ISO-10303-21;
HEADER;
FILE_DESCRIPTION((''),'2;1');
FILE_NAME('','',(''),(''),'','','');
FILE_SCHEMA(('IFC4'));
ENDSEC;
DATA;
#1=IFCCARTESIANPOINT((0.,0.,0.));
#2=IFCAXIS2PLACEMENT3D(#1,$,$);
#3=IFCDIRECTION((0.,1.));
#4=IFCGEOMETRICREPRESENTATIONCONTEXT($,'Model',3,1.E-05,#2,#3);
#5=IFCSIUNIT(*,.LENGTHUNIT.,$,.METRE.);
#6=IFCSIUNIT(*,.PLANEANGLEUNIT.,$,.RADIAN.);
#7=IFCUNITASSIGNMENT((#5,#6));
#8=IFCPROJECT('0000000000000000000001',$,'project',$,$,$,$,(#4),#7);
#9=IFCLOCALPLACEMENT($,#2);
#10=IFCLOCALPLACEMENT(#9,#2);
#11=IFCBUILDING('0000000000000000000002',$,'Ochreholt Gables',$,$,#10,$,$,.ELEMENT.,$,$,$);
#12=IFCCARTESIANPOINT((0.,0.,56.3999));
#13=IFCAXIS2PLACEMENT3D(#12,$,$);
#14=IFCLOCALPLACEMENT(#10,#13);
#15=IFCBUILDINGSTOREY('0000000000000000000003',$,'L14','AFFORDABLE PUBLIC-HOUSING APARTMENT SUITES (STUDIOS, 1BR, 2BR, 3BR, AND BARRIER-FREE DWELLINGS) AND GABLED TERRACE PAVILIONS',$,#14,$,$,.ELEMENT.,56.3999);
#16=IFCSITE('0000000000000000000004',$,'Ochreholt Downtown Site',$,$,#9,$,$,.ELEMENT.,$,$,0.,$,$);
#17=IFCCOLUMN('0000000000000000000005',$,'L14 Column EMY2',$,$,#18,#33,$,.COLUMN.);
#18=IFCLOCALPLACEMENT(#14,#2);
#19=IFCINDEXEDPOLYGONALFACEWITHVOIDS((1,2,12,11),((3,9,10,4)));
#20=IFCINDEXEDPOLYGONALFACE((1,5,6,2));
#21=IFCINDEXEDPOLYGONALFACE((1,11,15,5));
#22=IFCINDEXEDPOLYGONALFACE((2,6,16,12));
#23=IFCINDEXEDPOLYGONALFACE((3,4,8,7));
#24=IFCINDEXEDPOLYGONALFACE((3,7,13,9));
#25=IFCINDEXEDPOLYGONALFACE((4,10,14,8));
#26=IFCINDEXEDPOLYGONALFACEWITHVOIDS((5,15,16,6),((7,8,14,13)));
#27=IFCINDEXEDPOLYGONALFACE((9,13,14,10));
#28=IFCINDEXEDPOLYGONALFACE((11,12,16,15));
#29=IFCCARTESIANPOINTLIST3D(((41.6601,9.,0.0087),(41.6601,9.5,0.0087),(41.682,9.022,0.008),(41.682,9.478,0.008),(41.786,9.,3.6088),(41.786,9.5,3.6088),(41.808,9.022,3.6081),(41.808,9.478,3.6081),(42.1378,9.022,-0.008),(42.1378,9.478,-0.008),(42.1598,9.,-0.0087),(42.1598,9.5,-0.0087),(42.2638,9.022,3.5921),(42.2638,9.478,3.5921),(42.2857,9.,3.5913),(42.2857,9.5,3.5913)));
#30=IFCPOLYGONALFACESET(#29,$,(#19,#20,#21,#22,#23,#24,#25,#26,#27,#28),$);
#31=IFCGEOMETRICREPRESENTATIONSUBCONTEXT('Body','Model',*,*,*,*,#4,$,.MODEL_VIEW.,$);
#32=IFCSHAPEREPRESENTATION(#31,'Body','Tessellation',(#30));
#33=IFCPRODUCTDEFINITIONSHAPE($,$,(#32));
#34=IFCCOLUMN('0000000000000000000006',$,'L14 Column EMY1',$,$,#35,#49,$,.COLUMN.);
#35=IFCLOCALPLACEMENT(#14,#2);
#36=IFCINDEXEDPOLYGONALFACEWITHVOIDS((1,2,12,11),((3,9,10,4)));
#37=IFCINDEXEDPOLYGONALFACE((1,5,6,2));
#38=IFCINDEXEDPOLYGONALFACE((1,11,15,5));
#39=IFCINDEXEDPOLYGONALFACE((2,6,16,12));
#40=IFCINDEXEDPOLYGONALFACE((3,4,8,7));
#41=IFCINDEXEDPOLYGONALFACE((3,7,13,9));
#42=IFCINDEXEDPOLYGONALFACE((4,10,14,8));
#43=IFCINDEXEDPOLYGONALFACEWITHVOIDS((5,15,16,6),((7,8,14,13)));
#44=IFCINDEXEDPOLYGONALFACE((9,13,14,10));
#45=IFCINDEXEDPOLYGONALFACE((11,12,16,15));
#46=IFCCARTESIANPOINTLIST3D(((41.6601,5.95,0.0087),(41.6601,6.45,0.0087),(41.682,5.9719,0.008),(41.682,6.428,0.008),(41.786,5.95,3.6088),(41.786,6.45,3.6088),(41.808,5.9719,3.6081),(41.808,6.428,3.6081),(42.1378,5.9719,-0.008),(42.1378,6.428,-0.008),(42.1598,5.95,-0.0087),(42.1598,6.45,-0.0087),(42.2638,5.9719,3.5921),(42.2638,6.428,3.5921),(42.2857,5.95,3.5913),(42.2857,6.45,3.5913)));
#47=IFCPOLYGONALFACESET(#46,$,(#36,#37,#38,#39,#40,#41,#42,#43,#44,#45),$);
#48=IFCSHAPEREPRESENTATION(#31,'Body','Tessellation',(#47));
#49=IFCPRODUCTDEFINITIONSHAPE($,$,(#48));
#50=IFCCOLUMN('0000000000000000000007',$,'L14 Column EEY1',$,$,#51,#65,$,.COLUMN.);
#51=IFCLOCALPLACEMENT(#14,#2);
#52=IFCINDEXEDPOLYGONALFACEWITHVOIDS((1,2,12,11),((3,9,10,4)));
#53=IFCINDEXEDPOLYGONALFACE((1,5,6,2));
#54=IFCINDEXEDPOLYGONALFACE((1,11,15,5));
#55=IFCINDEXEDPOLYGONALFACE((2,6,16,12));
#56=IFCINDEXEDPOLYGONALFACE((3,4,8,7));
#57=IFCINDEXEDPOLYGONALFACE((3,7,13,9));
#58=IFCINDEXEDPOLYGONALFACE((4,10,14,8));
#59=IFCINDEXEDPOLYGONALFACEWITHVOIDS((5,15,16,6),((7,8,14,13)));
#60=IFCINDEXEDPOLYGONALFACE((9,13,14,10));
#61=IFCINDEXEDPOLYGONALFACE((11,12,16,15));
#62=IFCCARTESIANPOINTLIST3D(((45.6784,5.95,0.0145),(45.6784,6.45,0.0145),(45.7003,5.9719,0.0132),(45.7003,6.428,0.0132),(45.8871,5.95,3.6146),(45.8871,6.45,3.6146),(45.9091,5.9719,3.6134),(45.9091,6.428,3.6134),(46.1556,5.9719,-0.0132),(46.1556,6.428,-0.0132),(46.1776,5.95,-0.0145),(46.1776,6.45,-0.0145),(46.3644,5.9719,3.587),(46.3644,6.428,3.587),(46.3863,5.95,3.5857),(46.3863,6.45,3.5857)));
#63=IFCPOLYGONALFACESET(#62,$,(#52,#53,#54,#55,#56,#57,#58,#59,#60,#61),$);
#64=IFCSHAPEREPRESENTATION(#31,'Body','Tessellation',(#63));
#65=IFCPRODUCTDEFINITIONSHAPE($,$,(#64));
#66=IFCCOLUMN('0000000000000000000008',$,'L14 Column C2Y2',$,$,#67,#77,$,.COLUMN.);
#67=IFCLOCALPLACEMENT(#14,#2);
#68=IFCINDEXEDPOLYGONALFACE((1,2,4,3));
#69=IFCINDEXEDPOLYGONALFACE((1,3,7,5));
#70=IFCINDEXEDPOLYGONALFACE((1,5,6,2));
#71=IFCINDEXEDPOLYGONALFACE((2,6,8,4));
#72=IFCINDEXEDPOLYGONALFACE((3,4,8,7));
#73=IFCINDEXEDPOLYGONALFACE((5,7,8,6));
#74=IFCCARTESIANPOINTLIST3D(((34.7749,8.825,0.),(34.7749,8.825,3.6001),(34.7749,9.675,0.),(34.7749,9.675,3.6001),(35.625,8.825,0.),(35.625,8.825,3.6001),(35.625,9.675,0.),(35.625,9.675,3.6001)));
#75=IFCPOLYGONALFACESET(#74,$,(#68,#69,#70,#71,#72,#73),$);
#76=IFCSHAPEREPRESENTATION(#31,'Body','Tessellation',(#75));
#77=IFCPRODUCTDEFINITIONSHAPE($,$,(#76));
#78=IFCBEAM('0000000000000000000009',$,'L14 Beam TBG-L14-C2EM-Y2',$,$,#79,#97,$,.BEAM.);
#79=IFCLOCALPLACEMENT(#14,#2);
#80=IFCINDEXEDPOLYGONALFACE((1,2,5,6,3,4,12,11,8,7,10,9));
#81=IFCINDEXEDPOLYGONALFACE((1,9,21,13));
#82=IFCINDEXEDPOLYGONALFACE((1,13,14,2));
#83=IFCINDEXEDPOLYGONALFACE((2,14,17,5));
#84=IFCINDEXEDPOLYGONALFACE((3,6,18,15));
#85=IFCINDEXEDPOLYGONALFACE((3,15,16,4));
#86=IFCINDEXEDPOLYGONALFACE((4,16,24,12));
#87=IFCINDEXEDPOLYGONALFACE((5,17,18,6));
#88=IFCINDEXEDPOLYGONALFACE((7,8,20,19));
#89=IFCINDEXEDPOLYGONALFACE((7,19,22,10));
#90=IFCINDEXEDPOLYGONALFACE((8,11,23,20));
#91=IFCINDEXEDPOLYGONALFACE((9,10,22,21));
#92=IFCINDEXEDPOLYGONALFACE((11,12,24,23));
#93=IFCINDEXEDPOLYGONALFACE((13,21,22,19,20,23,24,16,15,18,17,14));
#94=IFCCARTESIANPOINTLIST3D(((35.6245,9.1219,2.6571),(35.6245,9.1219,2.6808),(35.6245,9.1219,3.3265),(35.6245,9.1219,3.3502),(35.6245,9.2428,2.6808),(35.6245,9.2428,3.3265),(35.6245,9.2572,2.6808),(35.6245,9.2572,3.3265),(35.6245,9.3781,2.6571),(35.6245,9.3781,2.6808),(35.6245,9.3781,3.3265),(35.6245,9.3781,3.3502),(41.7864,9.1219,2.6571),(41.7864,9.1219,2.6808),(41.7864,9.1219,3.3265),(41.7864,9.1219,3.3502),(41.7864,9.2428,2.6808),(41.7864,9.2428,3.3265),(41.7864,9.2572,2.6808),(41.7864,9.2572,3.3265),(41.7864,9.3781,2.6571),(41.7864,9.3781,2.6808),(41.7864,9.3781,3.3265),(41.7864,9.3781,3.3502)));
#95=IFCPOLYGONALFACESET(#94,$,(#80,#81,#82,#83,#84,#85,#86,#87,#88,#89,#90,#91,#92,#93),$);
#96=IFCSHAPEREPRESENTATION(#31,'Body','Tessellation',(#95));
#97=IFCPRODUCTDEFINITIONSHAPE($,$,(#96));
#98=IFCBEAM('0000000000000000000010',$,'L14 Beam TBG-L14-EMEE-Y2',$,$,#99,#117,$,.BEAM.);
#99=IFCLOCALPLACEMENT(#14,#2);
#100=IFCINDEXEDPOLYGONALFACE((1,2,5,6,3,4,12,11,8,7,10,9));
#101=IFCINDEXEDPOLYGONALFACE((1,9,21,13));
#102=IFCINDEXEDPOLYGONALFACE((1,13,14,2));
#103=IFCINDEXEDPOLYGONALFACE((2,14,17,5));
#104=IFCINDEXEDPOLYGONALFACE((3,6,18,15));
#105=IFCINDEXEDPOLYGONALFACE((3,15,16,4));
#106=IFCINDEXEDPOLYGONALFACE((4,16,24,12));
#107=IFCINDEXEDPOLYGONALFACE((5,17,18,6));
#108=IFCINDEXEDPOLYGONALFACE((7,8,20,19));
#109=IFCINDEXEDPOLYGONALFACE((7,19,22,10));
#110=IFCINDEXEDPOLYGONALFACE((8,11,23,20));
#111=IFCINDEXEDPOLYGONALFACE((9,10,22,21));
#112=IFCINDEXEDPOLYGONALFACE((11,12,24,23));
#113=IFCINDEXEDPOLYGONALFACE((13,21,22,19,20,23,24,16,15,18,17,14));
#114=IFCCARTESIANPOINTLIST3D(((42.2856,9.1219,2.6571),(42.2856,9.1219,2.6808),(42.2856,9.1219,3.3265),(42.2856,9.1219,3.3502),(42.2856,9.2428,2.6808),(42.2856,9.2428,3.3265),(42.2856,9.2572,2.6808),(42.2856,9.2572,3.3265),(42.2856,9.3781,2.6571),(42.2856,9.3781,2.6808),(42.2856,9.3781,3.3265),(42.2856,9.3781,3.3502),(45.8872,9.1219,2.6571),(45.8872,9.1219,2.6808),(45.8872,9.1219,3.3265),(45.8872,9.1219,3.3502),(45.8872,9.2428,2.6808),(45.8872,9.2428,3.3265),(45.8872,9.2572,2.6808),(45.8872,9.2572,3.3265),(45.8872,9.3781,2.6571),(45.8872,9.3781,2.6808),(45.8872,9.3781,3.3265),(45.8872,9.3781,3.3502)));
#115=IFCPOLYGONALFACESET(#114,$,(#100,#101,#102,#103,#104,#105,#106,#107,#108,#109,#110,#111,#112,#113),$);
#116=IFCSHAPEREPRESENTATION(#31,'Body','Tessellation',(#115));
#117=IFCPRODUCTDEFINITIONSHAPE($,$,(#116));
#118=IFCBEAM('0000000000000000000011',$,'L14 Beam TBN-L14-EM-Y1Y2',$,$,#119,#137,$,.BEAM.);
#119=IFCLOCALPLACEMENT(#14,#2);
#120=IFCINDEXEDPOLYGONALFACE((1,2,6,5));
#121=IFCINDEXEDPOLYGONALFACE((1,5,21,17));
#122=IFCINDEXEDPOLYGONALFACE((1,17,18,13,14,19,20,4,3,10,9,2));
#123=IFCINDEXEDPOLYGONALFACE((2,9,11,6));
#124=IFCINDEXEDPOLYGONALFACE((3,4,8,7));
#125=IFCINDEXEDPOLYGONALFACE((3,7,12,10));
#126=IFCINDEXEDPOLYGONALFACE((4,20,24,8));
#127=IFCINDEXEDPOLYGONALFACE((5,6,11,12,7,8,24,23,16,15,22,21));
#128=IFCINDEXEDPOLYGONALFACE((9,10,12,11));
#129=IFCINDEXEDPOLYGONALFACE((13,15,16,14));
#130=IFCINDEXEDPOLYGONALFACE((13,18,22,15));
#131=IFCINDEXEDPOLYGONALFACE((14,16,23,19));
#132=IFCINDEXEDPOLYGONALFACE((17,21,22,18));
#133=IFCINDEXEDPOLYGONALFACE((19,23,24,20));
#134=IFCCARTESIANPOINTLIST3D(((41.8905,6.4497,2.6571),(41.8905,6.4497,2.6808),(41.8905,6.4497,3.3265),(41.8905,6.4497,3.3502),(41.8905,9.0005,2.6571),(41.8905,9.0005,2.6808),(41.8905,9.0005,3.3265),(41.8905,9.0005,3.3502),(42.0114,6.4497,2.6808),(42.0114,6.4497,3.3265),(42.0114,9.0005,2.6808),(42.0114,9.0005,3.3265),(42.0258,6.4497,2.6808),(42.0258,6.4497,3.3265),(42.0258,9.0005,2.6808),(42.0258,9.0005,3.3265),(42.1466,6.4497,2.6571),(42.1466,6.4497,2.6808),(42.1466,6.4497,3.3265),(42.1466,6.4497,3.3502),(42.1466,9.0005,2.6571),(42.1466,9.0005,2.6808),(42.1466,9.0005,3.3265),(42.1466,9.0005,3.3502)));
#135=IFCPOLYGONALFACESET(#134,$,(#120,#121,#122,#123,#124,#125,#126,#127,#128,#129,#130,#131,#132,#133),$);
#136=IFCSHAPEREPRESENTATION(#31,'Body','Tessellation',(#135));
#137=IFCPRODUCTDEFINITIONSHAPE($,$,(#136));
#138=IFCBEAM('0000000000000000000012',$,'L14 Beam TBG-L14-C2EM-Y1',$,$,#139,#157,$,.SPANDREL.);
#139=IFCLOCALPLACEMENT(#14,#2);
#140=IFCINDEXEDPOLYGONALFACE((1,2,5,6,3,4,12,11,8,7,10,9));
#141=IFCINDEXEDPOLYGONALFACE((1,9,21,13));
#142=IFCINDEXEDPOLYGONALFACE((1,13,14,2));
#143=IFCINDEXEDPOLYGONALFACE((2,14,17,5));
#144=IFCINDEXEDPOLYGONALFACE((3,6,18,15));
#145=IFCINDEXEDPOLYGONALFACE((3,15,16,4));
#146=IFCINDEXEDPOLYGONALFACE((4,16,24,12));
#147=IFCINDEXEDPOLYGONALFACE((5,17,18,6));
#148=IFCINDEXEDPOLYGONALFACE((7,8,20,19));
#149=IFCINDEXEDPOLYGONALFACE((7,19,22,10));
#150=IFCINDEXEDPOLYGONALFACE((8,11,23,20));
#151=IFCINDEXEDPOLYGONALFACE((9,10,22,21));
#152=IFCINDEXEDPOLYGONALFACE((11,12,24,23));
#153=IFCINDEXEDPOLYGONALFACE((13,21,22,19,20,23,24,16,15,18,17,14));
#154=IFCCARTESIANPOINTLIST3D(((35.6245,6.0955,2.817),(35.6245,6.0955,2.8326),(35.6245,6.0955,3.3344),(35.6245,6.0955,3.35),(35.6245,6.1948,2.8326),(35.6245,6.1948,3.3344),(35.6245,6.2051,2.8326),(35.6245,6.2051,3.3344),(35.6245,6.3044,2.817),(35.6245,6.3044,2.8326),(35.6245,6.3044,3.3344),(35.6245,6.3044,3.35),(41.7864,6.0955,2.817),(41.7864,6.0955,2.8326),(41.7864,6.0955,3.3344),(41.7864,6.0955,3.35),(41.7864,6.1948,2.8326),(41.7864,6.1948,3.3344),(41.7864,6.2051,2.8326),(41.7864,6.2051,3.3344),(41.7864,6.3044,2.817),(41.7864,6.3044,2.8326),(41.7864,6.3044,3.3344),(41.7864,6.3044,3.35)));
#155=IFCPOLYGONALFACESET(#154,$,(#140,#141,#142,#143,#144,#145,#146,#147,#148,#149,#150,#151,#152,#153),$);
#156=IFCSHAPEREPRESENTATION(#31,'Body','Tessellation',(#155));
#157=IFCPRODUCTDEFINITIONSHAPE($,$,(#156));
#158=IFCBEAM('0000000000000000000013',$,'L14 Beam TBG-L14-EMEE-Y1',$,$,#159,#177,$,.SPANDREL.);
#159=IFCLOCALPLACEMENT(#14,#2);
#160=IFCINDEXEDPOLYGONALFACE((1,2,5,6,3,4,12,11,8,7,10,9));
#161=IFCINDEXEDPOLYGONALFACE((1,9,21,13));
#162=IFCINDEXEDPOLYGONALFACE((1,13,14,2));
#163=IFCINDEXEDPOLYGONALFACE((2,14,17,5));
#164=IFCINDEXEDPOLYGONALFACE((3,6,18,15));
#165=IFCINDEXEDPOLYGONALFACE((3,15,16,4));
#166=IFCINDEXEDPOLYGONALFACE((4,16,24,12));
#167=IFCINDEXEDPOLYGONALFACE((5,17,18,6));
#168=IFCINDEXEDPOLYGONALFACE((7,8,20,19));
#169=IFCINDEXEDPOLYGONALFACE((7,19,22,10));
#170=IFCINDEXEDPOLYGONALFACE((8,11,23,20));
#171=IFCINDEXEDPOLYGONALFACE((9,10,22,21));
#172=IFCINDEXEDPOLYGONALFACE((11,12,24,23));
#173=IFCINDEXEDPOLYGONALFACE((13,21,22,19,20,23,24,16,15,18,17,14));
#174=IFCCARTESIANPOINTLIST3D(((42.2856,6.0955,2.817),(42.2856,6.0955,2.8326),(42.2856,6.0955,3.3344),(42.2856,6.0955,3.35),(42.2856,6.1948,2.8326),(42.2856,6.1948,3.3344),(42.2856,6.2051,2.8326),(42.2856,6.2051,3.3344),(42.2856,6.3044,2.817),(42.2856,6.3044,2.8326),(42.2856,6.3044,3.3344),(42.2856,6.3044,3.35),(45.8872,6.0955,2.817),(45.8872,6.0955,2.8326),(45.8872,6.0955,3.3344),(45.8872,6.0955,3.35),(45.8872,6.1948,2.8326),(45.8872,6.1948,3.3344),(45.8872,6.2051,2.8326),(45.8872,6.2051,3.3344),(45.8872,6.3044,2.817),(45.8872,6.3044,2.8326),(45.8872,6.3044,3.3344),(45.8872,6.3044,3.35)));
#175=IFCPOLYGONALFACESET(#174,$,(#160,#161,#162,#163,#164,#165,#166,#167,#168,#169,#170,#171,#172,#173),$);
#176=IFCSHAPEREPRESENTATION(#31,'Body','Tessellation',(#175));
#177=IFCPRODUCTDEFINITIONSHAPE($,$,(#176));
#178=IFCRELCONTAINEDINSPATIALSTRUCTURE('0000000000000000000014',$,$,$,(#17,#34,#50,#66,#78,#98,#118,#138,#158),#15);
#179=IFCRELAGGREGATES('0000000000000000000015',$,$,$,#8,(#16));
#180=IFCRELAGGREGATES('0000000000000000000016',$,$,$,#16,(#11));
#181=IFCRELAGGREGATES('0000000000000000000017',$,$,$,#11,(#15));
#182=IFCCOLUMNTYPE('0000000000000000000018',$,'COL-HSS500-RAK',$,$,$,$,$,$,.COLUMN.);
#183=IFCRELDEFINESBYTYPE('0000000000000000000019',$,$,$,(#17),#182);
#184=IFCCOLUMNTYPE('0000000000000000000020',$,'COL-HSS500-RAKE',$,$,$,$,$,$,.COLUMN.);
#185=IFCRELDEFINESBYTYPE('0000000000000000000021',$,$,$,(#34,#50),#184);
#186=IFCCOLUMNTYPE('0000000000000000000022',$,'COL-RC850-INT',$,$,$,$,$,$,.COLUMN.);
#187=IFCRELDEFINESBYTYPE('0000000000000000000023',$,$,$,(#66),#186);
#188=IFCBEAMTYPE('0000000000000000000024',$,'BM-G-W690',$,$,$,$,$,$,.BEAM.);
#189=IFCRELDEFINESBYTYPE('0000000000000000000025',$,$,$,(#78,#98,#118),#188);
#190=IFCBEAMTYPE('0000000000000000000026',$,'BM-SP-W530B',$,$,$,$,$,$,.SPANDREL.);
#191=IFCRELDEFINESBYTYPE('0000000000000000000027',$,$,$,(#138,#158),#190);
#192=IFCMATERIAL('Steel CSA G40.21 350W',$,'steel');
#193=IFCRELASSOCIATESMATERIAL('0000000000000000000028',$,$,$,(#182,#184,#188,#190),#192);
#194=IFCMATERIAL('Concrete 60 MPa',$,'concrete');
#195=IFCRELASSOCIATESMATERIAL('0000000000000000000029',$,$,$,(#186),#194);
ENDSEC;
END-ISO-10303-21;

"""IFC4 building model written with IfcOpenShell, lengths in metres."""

from ifc_helpers import new_model, si_unit, direction, frame, origin, origin_2d, place, context, subcontext, project, spatial, rectangle, hollow_rectangle, i_section, extrude, material, material_profile, profile_set, type_object, element, save


model = new_model("IFC4")

# Units and contexts
model_context = context("Model", 3, precision=1e-05, world=origin(), true_north=direction((0.0, 1.0)))
body_context = subcontext(model_context, "Body", "Model", "MODEL_VIEW")
ifc_project = project(units=[si_unit("LENGTHUNIT", "METRE"), si_unit("PLANEANGLEUNIT", "RADIAN")], contexts=[model_context])

# Site, building, storey
site_placement = place(None, origin())
site = spatial("IfcSite", under=ifc_project, at=site_placement, Name="Ochreholt Downtown Site", CompositionType="ELEMENT", RefElevation=0.0)
building_placement = place(site_placement, origin())
building = spatial("IfcBuilding", under=site, at=building_placement, Name="Ochreholt Gables", CompositionType="ELEMENT")
storey_placement = place(building_placement, frame((0.0, 0.0, 56.3999)))
storey = spatial("IfcBuildingStorey", under=building, at=storey_placement, Name="L14", Description="AFFORDABLE PUBLIC-HOUSING APARTMENT SUITES (STUDIOS, 1BR, 2BR, 3BR, AND BARRIER-FREE DWELLINGS) AND GABLED TERRACE PAVILIONS", CompositionType="ELEMENT", Elevation=56.3999)

# Columns
ifc_material_1 = material(Name="Steel CSA G40.21 350W", Category="steel")
ifc_material_profile_1 = material_profile(ifc_material_1, hollow_rectangle(XDim=0.5, YDim=0.5, WallThickness=0.022, at=origin_2d()), Name="HSS500X500X22")
ifc_profile_set_1 = profile_set([ifc_material_profile_1], Name="Steel CSA G40.21 350W")
column_type_1 = type_object("IfcColumnType", Name="COL-HSS500-RAK", PredefinedType="COLUMN", material=ifc_profile_set_1)
column_1_placement = place(storey_placement, frame((41.9099, 9.25, 0.0), z_axis=(0.034971, 0.0, 0.999388), x_axis=(0.0, 1.0, 0.0)))
element("IfcColumn", 1, at=column_1_placement, inside=storey, type_object=column_type_1, Name="L14 Column EMY2", PredefinedType="COLUMN", context=body_context, shape_type="SweptSolid", body=[
    extrude(hollow_rectangle(XDim=0.5, YDim=0.5, WallThickness=0.022, at=origin_2d()), origin(), (0.0, 0.0, 1.0), 3.6023),
])
ifc_material_profile_2 = material_profile(ifc_material_1, hollow_rectangle(XDim=0.5, YDim=0.5, WallThickness=0.022, at=origin_2d()), Name="HSS500X500X22")
ifc_profile_set_2 = profile_set([ifc_material_profile_2], Name="Steel CSA G40.21 350W")
column_type_2 = type_object("IfcColumnType", Name="COL-HSS500-RAKE", PredefinedType="COLUMN", material=ifc_profile_set_2)
column_2_placement = place(storey_placement, frame((41.9099, 6.2, 0.0), z_axis=(0.034971, 0.0, 0.999388), x_axis=(0.0, 1.0, 0.0)))
element("IfcColumn", 2, at=column_2_placement, inside=storey, type_object=column_type_2, Name="L14 Column EMY1", PredefinedType="COLUMN", context=body_context, shape_type="SweptSolid", body=[
    extrude(hollow_rectangle(XDim=0.5, YDim=0.5, WallThickness=0.022, at=origin_2d()), origin(), (0.0, 0.0, 1.0), 3.6023),
])
column_3_placement = place(storey_placement, frame((45.928, 6.2, 0.0), z_axis=(0.057885, 0.0, 0.998323), x_axis=(0.0, 1.0, 0.0)))
element("IfcColumn", 3, at=column_3_placement, inside=storey, type_object=column_type_2, Name="L14 Column EEY1", PredefinedType="COLUMN", context=body_context, shape_type="SweptSolid", body=[
    extrude(hollow_rectangle(XDim=0.5, YDim=0.5, WallThickness=0.022, at=origin_2d()), origin(), (0.0, 0.0, 1.0), 3.6062),
])
ifc_material_2 = material(Name="Concrete 60 MPa", Category="concrete")
ifc_material_profile_3 = material_profile(ifc_material_2, rectangle(XDim=0.8501, YDim=0.8501, at=origin_2d()), Name="RC850X850")
ifc_profile_set_3 = profile_set([ifc_material_profile_3], Name="Concrete 60 MPa")
column_type_3 = type_object("IfcColumnType", Name="COL-RC850-INT", PredefinedType="COLUMN", material=ifc_profile_set_3)
column_4_placement = place(storey_placement, frame((35.2, 9.25, 0.0), z_axis=(0.0, 0.0, 1.0), x_axis=(1.0, 0.0, 0.0)))
element("IfcColumn", 4, at=column_4_placement, inside=storey, type_object=column_type_3, Name="L14 Column C2Y2", PredefinedType="COLUMN", context=body_context, shape_type="SweptSolid", body=[
    extrude(rectangle(XDim=0.8501, YDim=0.8501, at=origin_2d()), origin(), (0.0, 0.0, 1.0), 3.6001),
])

# Beams
ifc_material_profile_4 = material_profile(ifc_material_1, i_section(OverallWidth=0.2561, OverallDepth=0.6931, WebThickness=0.0144, FlangeThickness=0.0237, at=origin_2d()), Name="W690X170")
ifc_profile_set_4 = profile_set([ifc_material_profile_4], Name="Steel CSA G40.21 350W")
beam_type_1 = type_object("IfcBeamType", Name="BM-G-W690", PredefinedType="BEAM", material=ifc_profile_set_4)
beam_1_placement = place(storey_placement, frame((35.6245, 9.25, 3.0037), z_axis=(1.0, 0.0, 0.0), x_axis=(0.0, 1.0, 0.0)))
element("IfcBeam", 5, at=beam_1_placement, inside=storey, type_object=beam_type_1, Name="L14 Beam TBG-L14-C2EM-Y2", PredefinedType="BEAM", context=body_context, shape_type="SweptSolid", body=[
    extrude(i_section(OverallWidth=0.2561, OverallDepth=0.6931, WebThickness=0.0144, FlangeThickness=0.0237, at=origin_2d()), origin(), (0.0, 0.0, 1.0), 6.1619),
])
beam_2_placement = place(storey_placement, frame((42.2856, 9.25, 3.0037), z_axis=(1.0, 0.0, 0.0), x_axis=(0.0, 1.0, 0.0)))
element("IfcBeam", 6, at=beam_2_placement, inside=storey, type_object=beam_type_1, Name="L14 Beam TBG-L14-EMEE-Y2", PredefinedType="BEAM", context=body_context, shape_type="SweptSolid", body=[
    extrude(i_section(OverallWidth=0.2561, OverallDepth=0.6931, WebThickness=0.0144, FlangeThickness=0.0237, at=origin_2d()), origin(), (0.0, 0.0, 1.0), 3.6016),
])
beam_3_placement = place(storey_placement, frame((42.0186, 6.4497, 3.0037), z_axis=(0.0, 1.0, 0.0), x_axis=(-1.0, 0.0, 0.0)))
element("IfcBeam", 7, at=beam_3_placement, inside=storey, type_object=beam_type_1, Name="L14 Beam TBN-L14-EM-Y1Y2", PredefinedType="BEAM", context=body_context, shape_type="SweptSolid", body=[
    extrude(i_section(OverallWidth=0.2561, OverallDepth=0.6931, WebThickness=0.0144, FlangeThickness=0.0237, at=origin_2d()), origin(), (0.0, 0.0, 1.0), 2.5508),
])
ifc_material_profile_5 = material_profile(ifc_material_1, i_section(OverallWidth=0.209, OverallDepth=0.533, WebThickness=0.0103, FlangeThickness=0.0156, at=origin_2d()), Name="W530X92")
ifc_profile_set_5 = profile_set([ifc_material_profile_5], Name="Steel CSA G40.21 350W")
beam_type_2 = type_object("IfcBeamType", Name="BM-SP-W530B", PredefinedType="SPANDREL", material=ifc_profile_set_5)
beam_4_placement = place(storey_placement, frame((35.6245, 6.2, 3.0835), z_axis=(1.0, 0.0, 0.0), x_axis=(0.0, 1.0, 0.0)))
element("IfcBeam", 8, at=beam_4_placement, inside=storey, type_object=beam_type_2, Name="L14 Beam TBG-L14-C2EM-Y1", PredefinedType="SPANDREL", context=body_context, shape_type="SweptSolid", body=[
    extrude(i_section(OverallWidth=0.209, OverallDepth=0.533, WebThickness=0.0103, FlangeThickness=0.0156, at=origin_2d()), origin(), (0.0, 0.0, 1.0), 6.1619),
])
beam_5_placement = place(storey_placement, frame((42.2856, 6.2, 3.0835), z_axis=(1.0, 0.0, 0.0), x_axis=(0.0, 1.0, 0.0)))
element("IfcBeam", 9, at=beam_5_placement, inside=storey, type_object=beam_type_2, Name="L14 Beam TBG-L14-EMEE-Y1", PredefinedType="SPANDREL", context=body_context, shape_type="SweptSolid", body=[
    extrude(i_section(OverallWidth=0.209, OverallDepth=0.533, WebThickness=0.0103, FlangeThickness=0.0156, at=origin_2d()), origin(), (0.0, 0.0, 1.0), 3.6016),
])

save(model, "model.ifc")
